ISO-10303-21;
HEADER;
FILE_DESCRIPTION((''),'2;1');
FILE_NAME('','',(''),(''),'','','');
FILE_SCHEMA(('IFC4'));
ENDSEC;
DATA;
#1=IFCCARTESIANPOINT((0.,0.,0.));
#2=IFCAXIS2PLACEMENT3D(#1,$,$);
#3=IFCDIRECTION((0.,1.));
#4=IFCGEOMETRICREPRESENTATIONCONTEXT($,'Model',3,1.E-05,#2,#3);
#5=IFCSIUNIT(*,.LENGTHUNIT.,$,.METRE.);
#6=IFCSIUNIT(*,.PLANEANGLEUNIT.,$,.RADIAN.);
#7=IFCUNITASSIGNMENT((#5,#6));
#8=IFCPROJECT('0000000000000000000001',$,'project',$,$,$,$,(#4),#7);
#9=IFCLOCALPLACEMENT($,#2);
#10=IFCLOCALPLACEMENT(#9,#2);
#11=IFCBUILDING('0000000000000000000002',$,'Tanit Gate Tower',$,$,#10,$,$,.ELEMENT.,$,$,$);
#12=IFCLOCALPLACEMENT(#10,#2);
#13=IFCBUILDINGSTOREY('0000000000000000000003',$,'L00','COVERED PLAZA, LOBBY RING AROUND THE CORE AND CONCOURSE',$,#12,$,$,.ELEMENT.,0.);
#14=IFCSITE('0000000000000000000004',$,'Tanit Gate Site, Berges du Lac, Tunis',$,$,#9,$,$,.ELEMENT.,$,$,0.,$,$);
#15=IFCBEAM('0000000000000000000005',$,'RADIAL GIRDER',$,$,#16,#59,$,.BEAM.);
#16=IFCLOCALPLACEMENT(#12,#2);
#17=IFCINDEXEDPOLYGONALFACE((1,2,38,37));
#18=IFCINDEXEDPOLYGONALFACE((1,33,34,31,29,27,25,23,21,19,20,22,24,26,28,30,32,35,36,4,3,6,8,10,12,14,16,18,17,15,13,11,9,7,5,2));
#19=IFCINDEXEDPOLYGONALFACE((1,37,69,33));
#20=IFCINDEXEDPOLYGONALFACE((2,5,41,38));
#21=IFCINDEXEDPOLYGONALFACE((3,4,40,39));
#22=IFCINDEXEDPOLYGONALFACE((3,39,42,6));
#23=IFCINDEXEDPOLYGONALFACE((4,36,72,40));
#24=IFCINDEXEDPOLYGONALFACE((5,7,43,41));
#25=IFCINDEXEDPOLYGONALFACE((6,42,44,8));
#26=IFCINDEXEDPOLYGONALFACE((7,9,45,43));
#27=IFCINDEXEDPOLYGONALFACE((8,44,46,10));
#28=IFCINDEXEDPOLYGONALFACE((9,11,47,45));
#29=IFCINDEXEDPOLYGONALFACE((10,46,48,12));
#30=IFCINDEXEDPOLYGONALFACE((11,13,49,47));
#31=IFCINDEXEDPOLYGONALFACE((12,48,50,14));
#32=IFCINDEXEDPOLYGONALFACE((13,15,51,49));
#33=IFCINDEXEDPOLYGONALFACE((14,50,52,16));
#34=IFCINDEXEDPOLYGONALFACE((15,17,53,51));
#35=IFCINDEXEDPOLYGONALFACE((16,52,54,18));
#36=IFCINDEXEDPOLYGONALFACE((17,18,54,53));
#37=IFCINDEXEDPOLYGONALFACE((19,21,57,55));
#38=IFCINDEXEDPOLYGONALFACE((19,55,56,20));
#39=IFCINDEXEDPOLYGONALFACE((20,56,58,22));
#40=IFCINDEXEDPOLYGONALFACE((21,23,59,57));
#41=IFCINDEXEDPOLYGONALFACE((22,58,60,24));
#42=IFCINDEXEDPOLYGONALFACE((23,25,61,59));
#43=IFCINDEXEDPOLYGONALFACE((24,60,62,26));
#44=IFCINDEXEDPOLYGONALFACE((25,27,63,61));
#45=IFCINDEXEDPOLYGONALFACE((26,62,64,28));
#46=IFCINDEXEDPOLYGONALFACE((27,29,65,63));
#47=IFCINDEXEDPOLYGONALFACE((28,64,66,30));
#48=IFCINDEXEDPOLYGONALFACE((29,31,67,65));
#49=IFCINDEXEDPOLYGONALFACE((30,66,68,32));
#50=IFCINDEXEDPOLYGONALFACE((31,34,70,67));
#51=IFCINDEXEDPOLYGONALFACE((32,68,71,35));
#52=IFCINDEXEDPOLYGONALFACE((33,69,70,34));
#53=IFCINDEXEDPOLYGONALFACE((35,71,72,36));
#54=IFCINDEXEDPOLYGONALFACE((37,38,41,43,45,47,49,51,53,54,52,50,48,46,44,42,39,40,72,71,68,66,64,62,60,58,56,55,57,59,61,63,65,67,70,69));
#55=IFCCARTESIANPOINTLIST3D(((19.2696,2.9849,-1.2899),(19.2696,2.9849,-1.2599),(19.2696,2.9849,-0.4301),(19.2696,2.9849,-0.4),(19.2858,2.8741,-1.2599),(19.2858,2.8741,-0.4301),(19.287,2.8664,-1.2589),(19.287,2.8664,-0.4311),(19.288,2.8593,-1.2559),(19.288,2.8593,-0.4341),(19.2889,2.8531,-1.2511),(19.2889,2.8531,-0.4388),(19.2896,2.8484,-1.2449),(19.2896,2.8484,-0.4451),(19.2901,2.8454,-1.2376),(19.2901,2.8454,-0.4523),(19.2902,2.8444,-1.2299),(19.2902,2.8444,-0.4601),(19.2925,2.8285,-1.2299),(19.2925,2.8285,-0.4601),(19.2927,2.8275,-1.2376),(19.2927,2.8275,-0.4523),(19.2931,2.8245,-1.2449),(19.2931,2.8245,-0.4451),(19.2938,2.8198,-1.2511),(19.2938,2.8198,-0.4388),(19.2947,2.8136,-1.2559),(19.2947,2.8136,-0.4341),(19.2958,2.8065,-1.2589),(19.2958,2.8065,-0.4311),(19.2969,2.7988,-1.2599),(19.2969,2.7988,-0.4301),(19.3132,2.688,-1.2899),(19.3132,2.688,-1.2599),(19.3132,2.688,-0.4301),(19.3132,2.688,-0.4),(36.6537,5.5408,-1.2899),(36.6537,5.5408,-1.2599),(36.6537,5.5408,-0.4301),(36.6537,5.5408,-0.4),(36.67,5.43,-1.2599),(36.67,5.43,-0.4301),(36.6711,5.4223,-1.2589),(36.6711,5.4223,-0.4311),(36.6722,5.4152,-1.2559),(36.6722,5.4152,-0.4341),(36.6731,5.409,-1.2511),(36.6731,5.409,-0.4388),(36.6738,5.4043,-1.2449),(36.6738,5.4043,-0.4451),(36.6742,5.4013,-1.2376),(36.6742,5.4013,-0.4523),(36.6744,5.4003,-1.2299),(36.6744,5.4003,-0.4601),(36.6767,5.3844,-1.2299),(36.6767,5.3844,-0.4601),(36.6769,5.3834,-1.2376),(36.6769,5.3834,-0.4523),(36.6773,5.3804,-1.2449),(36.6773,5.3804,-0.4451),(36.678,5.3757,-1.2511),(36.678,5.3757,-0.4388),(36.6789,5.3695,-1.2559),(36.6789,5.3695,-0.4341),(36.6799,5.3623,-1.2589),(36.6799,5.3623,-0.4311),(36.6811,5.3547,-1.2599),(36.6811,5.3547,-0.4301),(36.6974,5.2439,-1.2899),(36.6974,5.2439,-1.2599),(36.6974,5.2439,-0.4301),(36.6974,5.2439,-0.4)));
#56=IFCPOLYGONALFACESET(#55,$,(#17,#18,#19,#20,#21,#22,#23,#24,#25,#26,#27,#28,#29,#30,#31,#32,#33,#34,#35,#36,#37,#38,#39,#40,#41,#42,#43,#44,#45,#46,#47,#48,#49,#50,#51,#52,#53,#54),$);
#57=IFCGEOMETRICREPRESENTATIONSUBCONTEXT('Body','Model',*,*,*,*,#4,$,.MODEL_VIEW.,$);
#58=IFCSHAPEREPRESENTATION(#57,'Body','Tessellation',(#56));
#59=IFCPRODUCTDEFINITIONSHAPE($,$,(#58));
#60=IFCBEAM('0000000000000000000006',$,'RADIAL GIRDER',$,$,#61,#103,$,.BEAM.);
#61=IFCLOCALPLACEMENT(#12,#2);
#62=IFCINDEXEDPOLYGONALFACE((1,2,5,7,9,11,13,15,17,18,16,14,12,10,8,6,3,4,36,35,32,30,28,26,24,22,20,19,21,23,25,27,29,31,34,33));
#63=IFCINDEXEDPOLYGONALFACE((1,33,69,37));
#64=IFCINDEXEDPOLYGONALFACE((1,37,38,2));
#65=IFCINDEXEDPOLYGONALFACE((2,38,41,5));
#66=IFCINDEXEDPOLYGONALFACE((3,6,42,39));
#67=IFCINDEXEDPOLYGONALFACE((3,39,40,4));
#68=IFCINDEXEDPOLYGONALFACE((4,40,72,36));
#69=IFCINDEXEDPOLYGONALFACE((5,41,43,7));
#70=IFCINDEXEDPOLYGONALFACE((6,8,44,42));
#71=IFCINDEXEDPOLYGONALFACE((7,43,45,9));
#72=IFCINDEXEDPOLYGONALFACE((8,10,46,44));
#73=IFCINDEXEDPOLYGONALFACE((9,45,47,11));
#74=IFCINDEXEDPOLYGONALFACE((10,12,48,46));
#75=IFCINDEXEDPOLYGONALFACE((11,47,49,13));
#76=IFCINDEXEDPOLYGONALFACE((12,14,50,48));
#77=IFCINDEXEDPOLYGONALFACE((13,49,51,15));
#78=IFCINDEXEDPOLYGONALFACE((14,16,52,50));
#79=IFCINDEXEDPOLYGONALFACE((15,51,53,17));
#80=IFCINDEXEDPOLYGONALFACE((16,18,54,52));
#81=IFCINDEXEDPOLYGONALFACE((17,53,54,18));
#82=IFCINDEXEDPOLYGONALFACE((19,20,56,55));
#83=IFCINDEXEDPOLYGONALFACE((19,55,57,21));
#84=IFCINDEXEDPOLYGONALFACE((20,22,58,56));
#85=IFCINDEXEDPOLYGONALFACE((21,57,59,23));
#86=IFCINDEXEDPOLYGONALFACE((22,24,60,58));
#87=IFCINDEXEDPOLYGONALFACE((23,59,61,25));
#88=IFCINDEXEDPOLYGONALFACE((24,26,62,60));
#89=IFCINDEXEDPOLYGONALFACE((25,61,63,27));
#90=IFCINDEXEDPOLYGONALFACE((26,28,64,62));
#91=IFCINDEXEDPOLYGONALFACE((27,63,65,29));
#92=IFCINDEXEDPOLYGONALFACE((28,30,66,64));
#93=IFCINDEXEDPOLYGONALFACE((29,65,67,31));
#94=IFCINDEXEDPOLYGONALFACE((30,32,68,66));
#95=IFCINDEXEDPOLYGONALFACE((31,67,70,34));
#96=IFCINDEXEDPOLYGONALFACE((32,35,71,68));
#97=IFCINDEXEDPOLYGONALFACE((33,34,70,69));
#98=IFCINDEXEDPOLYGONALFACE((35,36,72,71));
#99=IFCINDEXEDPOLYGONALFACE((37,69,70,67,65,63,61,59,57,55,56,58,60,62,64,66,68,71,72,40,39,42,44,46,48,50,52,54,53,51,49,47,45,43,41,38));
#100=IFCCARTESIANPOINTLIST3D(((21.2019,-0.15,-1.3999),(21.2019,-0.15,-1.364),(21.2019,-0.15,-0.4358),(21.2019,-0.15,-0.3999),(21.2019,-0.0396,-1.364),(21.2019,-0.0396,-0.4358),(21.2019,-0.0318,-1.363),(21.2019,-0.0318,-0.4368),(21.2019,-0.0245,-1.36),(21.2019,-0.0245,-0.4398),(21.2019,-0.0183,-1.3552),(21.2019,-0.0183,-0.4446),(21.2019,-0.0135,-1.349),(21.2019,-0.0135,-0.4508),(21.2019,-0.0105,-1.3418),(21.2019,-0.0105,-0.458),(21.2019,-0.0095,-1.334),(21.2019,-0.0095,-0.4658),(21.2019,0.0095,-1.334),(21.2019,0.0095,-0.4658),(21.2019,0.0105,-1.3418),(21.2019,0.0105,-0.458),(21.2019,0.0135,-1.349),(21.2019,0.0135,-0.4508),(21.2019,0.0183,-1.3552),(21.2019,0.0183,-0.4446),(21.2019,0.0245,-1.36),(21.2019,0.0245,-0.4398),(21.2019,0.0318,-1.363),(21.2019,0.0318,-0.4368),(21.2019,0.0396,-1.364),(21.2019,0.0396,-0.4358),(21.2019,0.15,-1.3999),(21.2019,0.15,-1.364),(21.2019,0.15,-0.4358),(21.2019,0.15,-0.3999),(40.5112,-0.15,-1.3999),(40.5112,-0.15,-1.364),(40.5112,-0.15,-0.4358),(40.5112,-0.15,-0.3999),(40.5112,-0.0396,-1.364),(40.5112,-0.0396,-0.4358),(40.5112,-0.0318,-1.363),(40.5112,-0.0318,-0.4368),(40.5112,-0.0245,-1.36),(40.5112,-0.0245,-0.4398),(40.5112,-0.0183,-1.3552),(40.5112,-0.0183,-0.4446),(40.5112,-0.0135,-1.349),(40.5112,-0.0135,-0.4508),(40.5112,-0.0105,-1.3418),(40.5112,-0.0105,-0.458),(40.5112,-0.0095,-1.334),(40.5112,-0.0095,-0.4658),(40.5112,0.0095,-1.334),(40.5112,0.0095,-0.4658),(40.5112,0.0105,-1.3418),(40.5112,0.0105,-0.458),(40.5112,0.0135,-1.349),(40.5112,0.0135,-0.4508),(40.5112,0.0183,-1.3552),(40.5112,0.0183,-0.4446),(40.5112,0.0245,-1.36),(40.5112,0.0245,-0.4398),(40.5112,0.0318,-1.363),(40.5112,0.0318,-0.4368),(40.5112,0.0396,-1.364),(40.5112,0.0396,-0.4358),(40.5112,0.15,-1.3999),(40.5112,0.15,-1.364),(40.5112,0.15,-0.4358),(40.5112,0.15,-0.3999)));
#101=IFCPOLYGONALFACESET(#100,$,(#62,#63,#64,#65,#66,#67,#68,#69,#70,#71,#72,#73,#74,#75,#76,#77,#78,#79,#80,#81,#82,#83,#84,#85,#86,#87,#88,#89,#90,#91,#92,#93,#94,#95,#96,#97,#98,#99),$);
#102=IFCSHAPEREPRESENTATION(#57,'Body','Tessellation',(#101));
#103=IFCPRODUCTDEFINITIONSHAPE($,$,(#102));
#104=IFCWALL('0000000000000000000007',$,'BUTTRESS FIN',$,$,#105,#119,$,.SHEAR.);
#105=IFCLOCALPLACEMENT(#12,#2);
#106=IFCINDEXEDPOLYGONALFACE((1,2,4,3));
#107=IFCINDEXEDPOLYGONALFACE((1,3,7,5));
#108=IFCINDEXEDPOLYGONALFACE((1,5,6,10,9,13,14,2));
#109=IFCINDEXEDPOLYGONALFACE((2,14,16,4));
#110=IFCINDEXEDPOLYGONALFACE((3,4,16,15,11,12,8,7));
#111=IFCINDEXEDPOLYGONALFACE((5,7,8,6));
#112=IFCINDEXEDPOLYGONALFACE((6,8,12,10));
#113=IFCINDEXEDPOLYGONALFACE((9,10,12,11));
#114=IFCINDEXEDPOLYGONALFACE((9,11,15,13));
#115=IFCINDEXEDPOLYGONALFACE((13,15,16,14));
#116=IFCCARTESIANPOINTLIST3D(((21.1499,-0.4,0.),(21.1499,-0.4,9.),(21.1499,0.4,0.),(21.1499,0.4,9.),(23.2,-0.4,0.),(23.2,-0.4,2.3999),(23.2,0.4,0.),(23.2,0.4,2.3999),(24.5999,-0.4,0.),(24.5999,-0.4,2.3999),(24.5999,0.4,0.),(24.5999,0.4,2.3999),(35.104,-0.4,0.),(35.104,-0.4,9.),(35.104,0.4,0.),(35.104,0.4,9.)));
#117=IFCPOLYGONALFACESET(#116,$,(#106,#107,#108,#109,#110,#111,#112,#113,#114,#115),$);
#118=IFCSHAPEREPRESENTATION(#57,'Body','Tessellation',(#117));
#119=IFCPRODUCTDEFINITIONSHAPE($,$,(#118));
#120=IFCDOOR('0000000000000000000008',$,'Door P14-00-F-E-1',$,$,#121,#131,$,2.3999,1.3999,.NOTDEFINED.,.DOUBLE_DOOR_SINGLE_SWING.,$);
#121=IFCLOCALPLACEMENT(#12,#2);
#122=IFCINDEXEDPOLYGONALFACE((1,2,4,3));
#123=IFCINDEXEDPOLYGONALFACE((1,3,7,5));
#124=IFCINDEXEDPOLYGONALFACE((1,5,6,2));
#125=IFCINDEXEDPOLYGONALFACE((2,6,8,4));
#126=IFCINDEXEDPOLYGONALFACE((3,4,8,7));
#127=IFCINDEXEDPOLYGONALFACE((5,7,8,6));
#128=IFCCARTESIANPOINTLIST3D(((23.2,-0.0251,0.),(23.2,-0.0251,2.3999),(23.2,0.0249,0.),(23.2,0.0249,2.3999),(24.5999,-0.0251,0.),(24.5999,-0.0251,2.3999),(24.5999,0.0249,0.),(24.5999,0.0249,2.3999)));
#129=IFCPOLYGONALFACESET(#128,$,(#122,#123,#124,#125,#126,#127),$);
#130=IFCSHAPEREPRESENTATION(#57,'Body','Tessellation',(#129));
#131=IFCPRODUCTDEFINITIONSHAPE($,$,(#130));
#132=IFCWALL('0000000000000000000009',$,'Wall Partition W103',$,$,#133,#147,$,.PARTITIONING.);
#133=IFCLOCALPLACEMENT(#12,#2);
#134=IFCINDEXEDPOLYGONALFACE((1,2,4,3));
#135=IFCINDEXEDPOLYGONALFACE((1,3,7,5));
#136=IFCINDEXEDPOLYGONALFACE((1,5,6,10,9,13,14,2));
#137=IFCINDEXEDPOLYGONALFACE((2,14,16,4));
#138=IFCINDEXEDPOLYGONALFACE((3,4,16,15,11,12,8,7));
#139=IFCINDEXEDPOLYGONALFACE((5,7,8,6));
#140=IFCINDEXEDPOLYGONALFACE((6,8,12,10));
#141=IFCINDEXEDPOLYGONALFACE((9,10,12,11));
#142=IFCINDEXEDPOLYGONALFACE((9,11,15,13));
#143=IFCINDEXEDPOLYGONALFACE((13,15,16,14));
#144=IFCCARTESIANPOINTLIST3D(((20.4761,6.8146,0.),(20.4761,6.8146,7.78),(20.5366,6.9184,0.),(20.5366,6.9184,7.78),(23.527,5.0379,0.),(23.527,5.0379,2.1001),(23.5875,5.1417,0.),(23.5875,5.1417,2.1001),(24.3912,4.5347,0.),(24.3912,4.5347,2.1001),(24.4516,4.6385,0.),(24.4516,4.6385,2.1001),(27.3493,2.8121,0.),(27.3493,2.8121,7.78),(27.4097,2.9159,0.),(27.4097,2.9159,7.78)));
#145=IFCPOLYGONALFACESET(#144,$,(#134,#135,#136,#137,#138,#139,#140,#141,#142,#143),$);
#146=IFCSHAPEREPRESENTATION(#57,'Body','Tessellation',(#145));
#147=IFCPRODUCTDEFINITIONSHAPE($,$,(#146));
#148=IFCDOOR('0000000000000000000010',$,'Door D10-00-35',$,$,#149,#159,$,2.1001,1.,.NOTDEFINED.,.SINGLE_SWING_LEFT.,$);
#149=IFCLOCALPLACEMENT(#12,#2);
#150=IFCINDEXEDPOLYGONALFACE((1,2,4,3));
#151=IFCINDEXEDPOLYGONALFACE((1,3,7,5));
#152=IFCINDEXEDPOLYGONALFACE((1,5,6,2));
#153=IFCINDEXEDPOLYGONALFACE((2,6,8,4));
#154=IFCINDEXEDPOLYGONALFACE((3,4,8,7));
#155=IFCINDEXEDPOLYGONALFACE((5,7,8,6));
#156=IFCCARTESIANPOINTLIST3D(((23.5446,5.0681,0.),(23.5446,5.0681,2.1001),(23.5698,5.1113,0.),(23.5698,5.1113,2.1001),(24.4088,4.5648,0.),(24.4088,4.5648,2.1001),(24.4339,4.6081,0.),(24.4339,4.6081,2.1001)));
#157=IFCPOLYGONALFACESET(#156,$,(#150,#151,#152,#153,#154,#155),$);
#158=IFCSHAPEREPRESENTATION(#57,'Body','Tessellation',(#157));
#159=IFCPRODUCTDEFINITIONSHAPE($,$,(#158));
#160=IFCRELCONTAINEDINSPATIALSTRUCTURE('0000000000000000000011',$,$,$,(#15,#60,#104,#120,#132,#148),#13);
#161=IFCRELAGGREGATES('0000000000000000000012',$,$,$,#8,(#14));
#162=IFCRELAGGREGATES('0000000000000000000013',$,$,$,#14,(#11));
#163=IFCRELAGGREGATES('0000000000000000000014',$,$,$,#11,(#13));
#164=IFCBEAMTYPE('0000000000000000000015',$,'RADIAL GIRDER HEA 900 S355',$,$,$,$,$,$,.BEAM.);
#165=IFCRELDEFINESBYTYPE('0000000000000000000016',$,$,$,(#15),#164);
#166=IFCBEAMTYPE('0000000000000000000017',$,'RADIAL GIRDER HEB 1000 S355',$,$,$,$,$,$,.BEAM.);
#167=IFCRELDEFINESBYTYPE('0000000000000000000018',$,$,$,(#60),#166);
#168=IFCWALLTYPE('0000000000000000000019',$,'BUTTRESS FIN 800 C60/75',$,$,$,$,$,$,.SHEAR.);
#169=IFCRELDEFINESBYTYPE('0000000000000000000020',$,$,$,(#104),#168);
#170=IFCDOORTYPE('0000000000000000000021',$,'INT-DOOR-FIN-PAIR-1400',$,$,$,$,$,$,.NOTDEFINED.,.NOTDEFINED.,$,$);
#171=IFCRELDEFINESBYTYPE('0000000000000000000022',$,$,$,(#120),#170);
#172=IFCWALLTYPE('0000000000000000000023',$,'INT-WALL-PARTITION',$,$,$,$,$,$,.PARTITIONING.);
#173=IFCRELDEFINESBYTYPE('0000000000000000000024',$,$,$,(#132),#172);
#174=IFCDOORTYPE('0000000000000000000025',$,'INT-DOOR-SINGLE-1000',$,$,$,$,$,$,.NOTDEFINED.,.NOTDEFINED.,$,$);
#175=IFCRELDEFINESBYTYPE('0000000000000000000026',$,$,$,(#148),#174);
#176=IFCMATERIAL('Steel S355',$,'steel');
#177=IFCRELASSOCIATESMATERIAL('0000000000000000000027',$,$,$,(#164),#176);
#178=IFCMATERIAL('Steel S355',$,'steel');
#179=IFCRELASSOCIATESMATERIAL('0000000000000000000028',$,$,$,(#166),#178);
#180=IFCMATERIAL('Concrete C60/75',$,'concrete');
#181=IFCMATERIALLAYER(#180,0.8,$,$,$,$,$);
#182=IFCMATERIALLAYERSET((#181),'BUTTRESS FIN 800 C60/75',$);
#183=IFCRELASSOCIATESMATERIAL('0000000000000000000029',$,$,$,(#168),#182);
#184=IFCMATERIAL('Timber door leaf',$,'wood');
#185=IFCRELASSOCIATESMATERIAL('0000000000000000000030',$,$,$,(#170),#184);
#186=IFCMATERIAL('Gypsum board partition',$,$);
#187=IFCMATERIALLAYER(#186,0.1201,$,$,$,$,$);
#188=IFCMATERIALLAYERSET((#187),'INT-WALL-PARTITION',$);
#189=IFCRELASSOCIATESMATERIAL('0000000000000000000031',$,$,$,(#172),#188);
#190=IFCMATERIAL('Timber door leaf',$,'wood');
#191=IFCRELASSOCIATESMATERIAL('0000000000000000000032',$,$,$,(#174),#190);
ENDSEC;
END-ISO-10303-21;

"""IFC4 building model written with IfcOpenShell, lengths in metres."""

from ifc_helpers import new_model, si_unit, direction, frame, frame_2d, origin, origin_2d, place, context, subcontext, project, spatial, rectangle, i_section, extrude, material, layer, layer_set, material_profile, profile_set, type_object, element, fill, save


model = new_model("IFC4")

# Units and contexts
model_context = context("Model", 3, precision=1e-05, world=origin(), true_north=direction((0.0, 1.0)))
body_context = subcontext(model_context, "Body", "Model", "MODEL_VIEW")
ifc_project = project(units=[si_unit("LENGTHUNIT", "METRE"), si_unit("PLANEANGLEUNIT", "RADIAN")], contexts=[model_context])

# Site, building, storey
site_placement = place(None, origin())
site = spatial("IfcSite", under=ifc_project, at=site_placement, Name="Tanit Gate Site, Berges du Lac, Tunis", CompositionType="ELEMENT", RefElevation=0.0)
building_placement = place(site_placement, origin())
building = spatial("IfcBuilding", under=site, at=building_placement, Name="Tanit Gate Tower", CompositionType="ELEMENT")
storey_placement = place(building_placement, origin())
storey = spatial("IfcBuildingStorey", under=building, at=storey_placement, Name="L00", Description="COVERED PLAZA, LOBBY RING AROUND THE CORE AND CONCOURSE", CompositionType="ELEMENT", Elevation=0.0)

# Beams
ifc_material_1 = material(Name="Steel S355", Category="steel")
ifc_material_profile_1 = material_profile(ifc_material_1, i_section(OverallWidth=0.3, OverallDepth=0.8899, WebThickness=0.0161, FlangeThickness=0.03, FilletRadius=0.03, at=origin_2d()), Name="HEA 900")
ifc_profile_set_1 = profile_set([ifc_material_profile_1], Name="Steel S355")
beam_type_1 = type_object("IfcBeamType", Name="RADIAL GIRDER HEA 900 S355", PredefinedType="BEAM", material=ifc_profile_set_1)
beam_1_placement = place(storey_placement, frame((36.6755, 5.3923, -0.845), z_axis=(-0.989364, -0.14546, 0.0), x_axis=(0.14546, -0.989364, 0.0)))
element("IfcBeam", 1, at=beam_1_placement, inside=storey, type_object=beam_type_1, Name="RADIAL GIRDER", PredefinedType="BEAM", context=body_context, shape_type="SweptSolid", body=[
    extrude(i_section(OverallWidth=0.3, OverallDepth=0.8899, WebThickness=0.0161, FlangeThickness=0.03, FilletRadius=0.03, at=origin_2d()), origin(), (0.0, 0.0, 1.0), 17.571),
])
ifc_material_2 = material(Name="Steel S355", Category="steel")
ifc_material_profile_2 = material_profile(ifc_material_2, i_section(OverallWidth=0.3, OverallDepth=1.0, WebThickness=0.019, FlangeThickness=0.0359, FilletRadius=0.03, at=origin_2d()), Name="HEB 1000")
ifc_profile_set_2 = profile_set([ifc_material_profile_2], Name="Steel S355")
beam_type_2 = type_object("IfcBeamType", Name="RADIAL GIRDER HEB 1000 S355", PredefinedType="BEAM", material=ifc_profile_set_2)
beam_2_placement = place(storey_placement, frame((40.5112, 0.0, -0.8999), z_axis=(-1.0, 0.0, 0.0), x_axis=(0.0, -1.0, 0.0)))
element("IfcBeam", 2, at=beam_2_placement, inside=storey, type_object=beam_type_2, Name="RADIAL GIRDER", PredefinedType="BEAM", context=body_context, shape_type="SweptSolid", body=[
    extrude(i_section(OverallWidth=0.3, OverallDepth=1.0, WebThickness=0.019, FlangeThickness=0.0359, FilletRadius=0.03, at=origin_2d()), origin(), (0.0, 0.0, 1.0), 19.3093),
])

# Walls, openings, doors
ifc_material_3 = material(Name="Concrete C60/75", Category="concrete")
ifc_layer_1 = layer(ifc_material_3, 0.8)
ifc_layer_set_1 = layer_set([ifc_layer_1], Name="BUTTRESS FIN 800 C60/75")
wall_type_1 = type_object("IfcWallType", Name="BUTTRESS FIN 800 C60/75", PredefinedType="SHEAR", material=ifc_layer_set_1)
wall_1_placement = place(storey_placement, frame((21.1499, 0.0, 0.0), z_axis=(0.0, 0.0, 1.0), x_axis=(1.0, 0.0, 0.0)))
wall_1 = element("IfcWall", 3, at=wall_1_placement, inside=storey, type_object=wall_type_1, Name="BUTTRESS FIN", PredefinedType="SHEAR", context=body_context, shape_type="SweptSolid", body=[
    extrude(rectangle(XDim=13.9541, YDim=0.8, at=frame_2d((6.9771, 0.0))), origin(), (0.0, 0.0, 1.0), 9.0),
])
opening_1_placement = place(wall_1_placement, frame((2.05, 0.0, 0.0)))
opening_1 = element("IfcOpeningElement", 4, at=opening_1_placement, cuts=wall_1, PredefinedType="OPENING", context=body_context, shape_type="SweptSolid", body=[
    extrude(rectangle(XDim=1.3999, YDim=2.3999, at=frame_2d((0.7, 1.2))), frame((0.0, 0.4102, 0.0), z_axis=(0.0, -1.0, 0.0), x_axis=(1.0, 0.0, 0.0)), (0.0, 0.0, 1.0), 0.8201),
])
ifc_material_4 = material(Name="Timber door leaf", Category="wood")
door_type_1 = type_object("IfcDoorType", Name="INT-DOOR-FIN-PAIR-1400", OperationType="NOTDEFINED", PredefinedType="NOTDEFINED", material=ifc_material_4)
door_1_placement = place(opening_1_placement, origin())
door_1 = element("IfcDoor", 5, at=door_1_placement, inside=storey, type_object=door_type_1, Name="Door P14-00-F-E-1", OperationType="DOUBLE_DOOR_SINGLE_SWING", OverallHeight=2.3999, OverallWidth=1.3999, PredefinedType="NOTDEFINED", context=body_context, shape_type="SweptSolid", body=[
    extrude(rectangle(XDim=1.3999, YDim=2.3999, at=frame_2d((0.7, 1.2))), frame((0.0, 0.0249, 0.0), z_axis=(0.0, -1.0, 0.0), x_axis=(1.0, 0.0, 0.0)), (0.0, 0.0, 1.0), 0.05),
])
fill(opening_1, door_1)
ifc_material_5 = material(Name="Gypsum board partition")
ifc_layer_2 = layer(ifc_material_5, 0.1201)
ifc_layer_set_2 = layer_set([ifc_layer_2], Name="INT-WALL-PARTITION")
wall_type_2 = type_object("IfcWallType", Name="INT-WALL-PARTITION", PredefinedType="PARTITIONING", material=ifc_layer_set_2)
wall_2_placement = place(storey_placement, frame((20.5063, 6.8665, 0.0), z_axis=(0.0, 0.0, 1.0), x_axis=(0.864153, -0.50323, 0.0)))
wall_2 = element("IfcWall", 6, at=wall_2_placement, inside=storey, type_object=wall_type_2, Name="Wall Partition W103", PredefinedType="PARTITIONING", context=body_context, shape_type="SweptSolid", body=[
    extrude(rectangle(XDim=7.9536, YDim=0.1201, at=frame_2d((3.9768, 0.0))), origin(), (0.0, 0.0, 1.0), 7.78),
])
opening_2_placement = place(wall_2_placement, frame((3.5305, 0.0, 0.0)))
opening_2 = element("IfcOpeningElement", 7, at=opening_2_placement, cuts=wall_2, PredefinedType="OPENING", context=body_context, shape_type="SweptSolid", body=[
    extrude(rectangle(XDim=1.0, YDim=2.1001, at=frame_2d((0.5, 1.05))), frame((0.0, 0.0701, 0.0), z_axis=(0.0, -1.0, 0.0), x_axis=(1.0, 0.0, 0.0)), (0.0, 0.0, 1.0), 0.1401),
])
ifc_material_6 = material(Name="Timber door leaf", Category="wood")
door_type_2 = type_object("IfcDoorType", Name="INT-DOOR-SINGLE-1000", OperationType="NOTDEFINED", PredefinedType="NOTDEFINED", material=ifc_material_6)
door_2_placement = place(opening_2_placement, origin())
door_2 = element("IfcDoor", 8, at=door_2_placement, inside=storey, type_object=door_type_2, Name="Door D10-00-35", OperationType="SINGLE_SWING_LEFT", OverallHeight=2.1001, OverallWidth=1.0, PredefinedType="NOTDEFINED", context=body_context, shape_type="SweptSolid", body=[
    extrude(rectangle(XDim=1.0, YDim=2.1001, at=frame_2d((0.5, 1.05))), frame((0.0, 0.0249, 0.0), z_axis=(0.0, -1.0, 0.0), x_axis=(1.0, 0.0, 0.0)), (0.0, 0.0, 1.0), 0.05),
])
fill(opening_2, door_2)

save(model, "model.ifc")
